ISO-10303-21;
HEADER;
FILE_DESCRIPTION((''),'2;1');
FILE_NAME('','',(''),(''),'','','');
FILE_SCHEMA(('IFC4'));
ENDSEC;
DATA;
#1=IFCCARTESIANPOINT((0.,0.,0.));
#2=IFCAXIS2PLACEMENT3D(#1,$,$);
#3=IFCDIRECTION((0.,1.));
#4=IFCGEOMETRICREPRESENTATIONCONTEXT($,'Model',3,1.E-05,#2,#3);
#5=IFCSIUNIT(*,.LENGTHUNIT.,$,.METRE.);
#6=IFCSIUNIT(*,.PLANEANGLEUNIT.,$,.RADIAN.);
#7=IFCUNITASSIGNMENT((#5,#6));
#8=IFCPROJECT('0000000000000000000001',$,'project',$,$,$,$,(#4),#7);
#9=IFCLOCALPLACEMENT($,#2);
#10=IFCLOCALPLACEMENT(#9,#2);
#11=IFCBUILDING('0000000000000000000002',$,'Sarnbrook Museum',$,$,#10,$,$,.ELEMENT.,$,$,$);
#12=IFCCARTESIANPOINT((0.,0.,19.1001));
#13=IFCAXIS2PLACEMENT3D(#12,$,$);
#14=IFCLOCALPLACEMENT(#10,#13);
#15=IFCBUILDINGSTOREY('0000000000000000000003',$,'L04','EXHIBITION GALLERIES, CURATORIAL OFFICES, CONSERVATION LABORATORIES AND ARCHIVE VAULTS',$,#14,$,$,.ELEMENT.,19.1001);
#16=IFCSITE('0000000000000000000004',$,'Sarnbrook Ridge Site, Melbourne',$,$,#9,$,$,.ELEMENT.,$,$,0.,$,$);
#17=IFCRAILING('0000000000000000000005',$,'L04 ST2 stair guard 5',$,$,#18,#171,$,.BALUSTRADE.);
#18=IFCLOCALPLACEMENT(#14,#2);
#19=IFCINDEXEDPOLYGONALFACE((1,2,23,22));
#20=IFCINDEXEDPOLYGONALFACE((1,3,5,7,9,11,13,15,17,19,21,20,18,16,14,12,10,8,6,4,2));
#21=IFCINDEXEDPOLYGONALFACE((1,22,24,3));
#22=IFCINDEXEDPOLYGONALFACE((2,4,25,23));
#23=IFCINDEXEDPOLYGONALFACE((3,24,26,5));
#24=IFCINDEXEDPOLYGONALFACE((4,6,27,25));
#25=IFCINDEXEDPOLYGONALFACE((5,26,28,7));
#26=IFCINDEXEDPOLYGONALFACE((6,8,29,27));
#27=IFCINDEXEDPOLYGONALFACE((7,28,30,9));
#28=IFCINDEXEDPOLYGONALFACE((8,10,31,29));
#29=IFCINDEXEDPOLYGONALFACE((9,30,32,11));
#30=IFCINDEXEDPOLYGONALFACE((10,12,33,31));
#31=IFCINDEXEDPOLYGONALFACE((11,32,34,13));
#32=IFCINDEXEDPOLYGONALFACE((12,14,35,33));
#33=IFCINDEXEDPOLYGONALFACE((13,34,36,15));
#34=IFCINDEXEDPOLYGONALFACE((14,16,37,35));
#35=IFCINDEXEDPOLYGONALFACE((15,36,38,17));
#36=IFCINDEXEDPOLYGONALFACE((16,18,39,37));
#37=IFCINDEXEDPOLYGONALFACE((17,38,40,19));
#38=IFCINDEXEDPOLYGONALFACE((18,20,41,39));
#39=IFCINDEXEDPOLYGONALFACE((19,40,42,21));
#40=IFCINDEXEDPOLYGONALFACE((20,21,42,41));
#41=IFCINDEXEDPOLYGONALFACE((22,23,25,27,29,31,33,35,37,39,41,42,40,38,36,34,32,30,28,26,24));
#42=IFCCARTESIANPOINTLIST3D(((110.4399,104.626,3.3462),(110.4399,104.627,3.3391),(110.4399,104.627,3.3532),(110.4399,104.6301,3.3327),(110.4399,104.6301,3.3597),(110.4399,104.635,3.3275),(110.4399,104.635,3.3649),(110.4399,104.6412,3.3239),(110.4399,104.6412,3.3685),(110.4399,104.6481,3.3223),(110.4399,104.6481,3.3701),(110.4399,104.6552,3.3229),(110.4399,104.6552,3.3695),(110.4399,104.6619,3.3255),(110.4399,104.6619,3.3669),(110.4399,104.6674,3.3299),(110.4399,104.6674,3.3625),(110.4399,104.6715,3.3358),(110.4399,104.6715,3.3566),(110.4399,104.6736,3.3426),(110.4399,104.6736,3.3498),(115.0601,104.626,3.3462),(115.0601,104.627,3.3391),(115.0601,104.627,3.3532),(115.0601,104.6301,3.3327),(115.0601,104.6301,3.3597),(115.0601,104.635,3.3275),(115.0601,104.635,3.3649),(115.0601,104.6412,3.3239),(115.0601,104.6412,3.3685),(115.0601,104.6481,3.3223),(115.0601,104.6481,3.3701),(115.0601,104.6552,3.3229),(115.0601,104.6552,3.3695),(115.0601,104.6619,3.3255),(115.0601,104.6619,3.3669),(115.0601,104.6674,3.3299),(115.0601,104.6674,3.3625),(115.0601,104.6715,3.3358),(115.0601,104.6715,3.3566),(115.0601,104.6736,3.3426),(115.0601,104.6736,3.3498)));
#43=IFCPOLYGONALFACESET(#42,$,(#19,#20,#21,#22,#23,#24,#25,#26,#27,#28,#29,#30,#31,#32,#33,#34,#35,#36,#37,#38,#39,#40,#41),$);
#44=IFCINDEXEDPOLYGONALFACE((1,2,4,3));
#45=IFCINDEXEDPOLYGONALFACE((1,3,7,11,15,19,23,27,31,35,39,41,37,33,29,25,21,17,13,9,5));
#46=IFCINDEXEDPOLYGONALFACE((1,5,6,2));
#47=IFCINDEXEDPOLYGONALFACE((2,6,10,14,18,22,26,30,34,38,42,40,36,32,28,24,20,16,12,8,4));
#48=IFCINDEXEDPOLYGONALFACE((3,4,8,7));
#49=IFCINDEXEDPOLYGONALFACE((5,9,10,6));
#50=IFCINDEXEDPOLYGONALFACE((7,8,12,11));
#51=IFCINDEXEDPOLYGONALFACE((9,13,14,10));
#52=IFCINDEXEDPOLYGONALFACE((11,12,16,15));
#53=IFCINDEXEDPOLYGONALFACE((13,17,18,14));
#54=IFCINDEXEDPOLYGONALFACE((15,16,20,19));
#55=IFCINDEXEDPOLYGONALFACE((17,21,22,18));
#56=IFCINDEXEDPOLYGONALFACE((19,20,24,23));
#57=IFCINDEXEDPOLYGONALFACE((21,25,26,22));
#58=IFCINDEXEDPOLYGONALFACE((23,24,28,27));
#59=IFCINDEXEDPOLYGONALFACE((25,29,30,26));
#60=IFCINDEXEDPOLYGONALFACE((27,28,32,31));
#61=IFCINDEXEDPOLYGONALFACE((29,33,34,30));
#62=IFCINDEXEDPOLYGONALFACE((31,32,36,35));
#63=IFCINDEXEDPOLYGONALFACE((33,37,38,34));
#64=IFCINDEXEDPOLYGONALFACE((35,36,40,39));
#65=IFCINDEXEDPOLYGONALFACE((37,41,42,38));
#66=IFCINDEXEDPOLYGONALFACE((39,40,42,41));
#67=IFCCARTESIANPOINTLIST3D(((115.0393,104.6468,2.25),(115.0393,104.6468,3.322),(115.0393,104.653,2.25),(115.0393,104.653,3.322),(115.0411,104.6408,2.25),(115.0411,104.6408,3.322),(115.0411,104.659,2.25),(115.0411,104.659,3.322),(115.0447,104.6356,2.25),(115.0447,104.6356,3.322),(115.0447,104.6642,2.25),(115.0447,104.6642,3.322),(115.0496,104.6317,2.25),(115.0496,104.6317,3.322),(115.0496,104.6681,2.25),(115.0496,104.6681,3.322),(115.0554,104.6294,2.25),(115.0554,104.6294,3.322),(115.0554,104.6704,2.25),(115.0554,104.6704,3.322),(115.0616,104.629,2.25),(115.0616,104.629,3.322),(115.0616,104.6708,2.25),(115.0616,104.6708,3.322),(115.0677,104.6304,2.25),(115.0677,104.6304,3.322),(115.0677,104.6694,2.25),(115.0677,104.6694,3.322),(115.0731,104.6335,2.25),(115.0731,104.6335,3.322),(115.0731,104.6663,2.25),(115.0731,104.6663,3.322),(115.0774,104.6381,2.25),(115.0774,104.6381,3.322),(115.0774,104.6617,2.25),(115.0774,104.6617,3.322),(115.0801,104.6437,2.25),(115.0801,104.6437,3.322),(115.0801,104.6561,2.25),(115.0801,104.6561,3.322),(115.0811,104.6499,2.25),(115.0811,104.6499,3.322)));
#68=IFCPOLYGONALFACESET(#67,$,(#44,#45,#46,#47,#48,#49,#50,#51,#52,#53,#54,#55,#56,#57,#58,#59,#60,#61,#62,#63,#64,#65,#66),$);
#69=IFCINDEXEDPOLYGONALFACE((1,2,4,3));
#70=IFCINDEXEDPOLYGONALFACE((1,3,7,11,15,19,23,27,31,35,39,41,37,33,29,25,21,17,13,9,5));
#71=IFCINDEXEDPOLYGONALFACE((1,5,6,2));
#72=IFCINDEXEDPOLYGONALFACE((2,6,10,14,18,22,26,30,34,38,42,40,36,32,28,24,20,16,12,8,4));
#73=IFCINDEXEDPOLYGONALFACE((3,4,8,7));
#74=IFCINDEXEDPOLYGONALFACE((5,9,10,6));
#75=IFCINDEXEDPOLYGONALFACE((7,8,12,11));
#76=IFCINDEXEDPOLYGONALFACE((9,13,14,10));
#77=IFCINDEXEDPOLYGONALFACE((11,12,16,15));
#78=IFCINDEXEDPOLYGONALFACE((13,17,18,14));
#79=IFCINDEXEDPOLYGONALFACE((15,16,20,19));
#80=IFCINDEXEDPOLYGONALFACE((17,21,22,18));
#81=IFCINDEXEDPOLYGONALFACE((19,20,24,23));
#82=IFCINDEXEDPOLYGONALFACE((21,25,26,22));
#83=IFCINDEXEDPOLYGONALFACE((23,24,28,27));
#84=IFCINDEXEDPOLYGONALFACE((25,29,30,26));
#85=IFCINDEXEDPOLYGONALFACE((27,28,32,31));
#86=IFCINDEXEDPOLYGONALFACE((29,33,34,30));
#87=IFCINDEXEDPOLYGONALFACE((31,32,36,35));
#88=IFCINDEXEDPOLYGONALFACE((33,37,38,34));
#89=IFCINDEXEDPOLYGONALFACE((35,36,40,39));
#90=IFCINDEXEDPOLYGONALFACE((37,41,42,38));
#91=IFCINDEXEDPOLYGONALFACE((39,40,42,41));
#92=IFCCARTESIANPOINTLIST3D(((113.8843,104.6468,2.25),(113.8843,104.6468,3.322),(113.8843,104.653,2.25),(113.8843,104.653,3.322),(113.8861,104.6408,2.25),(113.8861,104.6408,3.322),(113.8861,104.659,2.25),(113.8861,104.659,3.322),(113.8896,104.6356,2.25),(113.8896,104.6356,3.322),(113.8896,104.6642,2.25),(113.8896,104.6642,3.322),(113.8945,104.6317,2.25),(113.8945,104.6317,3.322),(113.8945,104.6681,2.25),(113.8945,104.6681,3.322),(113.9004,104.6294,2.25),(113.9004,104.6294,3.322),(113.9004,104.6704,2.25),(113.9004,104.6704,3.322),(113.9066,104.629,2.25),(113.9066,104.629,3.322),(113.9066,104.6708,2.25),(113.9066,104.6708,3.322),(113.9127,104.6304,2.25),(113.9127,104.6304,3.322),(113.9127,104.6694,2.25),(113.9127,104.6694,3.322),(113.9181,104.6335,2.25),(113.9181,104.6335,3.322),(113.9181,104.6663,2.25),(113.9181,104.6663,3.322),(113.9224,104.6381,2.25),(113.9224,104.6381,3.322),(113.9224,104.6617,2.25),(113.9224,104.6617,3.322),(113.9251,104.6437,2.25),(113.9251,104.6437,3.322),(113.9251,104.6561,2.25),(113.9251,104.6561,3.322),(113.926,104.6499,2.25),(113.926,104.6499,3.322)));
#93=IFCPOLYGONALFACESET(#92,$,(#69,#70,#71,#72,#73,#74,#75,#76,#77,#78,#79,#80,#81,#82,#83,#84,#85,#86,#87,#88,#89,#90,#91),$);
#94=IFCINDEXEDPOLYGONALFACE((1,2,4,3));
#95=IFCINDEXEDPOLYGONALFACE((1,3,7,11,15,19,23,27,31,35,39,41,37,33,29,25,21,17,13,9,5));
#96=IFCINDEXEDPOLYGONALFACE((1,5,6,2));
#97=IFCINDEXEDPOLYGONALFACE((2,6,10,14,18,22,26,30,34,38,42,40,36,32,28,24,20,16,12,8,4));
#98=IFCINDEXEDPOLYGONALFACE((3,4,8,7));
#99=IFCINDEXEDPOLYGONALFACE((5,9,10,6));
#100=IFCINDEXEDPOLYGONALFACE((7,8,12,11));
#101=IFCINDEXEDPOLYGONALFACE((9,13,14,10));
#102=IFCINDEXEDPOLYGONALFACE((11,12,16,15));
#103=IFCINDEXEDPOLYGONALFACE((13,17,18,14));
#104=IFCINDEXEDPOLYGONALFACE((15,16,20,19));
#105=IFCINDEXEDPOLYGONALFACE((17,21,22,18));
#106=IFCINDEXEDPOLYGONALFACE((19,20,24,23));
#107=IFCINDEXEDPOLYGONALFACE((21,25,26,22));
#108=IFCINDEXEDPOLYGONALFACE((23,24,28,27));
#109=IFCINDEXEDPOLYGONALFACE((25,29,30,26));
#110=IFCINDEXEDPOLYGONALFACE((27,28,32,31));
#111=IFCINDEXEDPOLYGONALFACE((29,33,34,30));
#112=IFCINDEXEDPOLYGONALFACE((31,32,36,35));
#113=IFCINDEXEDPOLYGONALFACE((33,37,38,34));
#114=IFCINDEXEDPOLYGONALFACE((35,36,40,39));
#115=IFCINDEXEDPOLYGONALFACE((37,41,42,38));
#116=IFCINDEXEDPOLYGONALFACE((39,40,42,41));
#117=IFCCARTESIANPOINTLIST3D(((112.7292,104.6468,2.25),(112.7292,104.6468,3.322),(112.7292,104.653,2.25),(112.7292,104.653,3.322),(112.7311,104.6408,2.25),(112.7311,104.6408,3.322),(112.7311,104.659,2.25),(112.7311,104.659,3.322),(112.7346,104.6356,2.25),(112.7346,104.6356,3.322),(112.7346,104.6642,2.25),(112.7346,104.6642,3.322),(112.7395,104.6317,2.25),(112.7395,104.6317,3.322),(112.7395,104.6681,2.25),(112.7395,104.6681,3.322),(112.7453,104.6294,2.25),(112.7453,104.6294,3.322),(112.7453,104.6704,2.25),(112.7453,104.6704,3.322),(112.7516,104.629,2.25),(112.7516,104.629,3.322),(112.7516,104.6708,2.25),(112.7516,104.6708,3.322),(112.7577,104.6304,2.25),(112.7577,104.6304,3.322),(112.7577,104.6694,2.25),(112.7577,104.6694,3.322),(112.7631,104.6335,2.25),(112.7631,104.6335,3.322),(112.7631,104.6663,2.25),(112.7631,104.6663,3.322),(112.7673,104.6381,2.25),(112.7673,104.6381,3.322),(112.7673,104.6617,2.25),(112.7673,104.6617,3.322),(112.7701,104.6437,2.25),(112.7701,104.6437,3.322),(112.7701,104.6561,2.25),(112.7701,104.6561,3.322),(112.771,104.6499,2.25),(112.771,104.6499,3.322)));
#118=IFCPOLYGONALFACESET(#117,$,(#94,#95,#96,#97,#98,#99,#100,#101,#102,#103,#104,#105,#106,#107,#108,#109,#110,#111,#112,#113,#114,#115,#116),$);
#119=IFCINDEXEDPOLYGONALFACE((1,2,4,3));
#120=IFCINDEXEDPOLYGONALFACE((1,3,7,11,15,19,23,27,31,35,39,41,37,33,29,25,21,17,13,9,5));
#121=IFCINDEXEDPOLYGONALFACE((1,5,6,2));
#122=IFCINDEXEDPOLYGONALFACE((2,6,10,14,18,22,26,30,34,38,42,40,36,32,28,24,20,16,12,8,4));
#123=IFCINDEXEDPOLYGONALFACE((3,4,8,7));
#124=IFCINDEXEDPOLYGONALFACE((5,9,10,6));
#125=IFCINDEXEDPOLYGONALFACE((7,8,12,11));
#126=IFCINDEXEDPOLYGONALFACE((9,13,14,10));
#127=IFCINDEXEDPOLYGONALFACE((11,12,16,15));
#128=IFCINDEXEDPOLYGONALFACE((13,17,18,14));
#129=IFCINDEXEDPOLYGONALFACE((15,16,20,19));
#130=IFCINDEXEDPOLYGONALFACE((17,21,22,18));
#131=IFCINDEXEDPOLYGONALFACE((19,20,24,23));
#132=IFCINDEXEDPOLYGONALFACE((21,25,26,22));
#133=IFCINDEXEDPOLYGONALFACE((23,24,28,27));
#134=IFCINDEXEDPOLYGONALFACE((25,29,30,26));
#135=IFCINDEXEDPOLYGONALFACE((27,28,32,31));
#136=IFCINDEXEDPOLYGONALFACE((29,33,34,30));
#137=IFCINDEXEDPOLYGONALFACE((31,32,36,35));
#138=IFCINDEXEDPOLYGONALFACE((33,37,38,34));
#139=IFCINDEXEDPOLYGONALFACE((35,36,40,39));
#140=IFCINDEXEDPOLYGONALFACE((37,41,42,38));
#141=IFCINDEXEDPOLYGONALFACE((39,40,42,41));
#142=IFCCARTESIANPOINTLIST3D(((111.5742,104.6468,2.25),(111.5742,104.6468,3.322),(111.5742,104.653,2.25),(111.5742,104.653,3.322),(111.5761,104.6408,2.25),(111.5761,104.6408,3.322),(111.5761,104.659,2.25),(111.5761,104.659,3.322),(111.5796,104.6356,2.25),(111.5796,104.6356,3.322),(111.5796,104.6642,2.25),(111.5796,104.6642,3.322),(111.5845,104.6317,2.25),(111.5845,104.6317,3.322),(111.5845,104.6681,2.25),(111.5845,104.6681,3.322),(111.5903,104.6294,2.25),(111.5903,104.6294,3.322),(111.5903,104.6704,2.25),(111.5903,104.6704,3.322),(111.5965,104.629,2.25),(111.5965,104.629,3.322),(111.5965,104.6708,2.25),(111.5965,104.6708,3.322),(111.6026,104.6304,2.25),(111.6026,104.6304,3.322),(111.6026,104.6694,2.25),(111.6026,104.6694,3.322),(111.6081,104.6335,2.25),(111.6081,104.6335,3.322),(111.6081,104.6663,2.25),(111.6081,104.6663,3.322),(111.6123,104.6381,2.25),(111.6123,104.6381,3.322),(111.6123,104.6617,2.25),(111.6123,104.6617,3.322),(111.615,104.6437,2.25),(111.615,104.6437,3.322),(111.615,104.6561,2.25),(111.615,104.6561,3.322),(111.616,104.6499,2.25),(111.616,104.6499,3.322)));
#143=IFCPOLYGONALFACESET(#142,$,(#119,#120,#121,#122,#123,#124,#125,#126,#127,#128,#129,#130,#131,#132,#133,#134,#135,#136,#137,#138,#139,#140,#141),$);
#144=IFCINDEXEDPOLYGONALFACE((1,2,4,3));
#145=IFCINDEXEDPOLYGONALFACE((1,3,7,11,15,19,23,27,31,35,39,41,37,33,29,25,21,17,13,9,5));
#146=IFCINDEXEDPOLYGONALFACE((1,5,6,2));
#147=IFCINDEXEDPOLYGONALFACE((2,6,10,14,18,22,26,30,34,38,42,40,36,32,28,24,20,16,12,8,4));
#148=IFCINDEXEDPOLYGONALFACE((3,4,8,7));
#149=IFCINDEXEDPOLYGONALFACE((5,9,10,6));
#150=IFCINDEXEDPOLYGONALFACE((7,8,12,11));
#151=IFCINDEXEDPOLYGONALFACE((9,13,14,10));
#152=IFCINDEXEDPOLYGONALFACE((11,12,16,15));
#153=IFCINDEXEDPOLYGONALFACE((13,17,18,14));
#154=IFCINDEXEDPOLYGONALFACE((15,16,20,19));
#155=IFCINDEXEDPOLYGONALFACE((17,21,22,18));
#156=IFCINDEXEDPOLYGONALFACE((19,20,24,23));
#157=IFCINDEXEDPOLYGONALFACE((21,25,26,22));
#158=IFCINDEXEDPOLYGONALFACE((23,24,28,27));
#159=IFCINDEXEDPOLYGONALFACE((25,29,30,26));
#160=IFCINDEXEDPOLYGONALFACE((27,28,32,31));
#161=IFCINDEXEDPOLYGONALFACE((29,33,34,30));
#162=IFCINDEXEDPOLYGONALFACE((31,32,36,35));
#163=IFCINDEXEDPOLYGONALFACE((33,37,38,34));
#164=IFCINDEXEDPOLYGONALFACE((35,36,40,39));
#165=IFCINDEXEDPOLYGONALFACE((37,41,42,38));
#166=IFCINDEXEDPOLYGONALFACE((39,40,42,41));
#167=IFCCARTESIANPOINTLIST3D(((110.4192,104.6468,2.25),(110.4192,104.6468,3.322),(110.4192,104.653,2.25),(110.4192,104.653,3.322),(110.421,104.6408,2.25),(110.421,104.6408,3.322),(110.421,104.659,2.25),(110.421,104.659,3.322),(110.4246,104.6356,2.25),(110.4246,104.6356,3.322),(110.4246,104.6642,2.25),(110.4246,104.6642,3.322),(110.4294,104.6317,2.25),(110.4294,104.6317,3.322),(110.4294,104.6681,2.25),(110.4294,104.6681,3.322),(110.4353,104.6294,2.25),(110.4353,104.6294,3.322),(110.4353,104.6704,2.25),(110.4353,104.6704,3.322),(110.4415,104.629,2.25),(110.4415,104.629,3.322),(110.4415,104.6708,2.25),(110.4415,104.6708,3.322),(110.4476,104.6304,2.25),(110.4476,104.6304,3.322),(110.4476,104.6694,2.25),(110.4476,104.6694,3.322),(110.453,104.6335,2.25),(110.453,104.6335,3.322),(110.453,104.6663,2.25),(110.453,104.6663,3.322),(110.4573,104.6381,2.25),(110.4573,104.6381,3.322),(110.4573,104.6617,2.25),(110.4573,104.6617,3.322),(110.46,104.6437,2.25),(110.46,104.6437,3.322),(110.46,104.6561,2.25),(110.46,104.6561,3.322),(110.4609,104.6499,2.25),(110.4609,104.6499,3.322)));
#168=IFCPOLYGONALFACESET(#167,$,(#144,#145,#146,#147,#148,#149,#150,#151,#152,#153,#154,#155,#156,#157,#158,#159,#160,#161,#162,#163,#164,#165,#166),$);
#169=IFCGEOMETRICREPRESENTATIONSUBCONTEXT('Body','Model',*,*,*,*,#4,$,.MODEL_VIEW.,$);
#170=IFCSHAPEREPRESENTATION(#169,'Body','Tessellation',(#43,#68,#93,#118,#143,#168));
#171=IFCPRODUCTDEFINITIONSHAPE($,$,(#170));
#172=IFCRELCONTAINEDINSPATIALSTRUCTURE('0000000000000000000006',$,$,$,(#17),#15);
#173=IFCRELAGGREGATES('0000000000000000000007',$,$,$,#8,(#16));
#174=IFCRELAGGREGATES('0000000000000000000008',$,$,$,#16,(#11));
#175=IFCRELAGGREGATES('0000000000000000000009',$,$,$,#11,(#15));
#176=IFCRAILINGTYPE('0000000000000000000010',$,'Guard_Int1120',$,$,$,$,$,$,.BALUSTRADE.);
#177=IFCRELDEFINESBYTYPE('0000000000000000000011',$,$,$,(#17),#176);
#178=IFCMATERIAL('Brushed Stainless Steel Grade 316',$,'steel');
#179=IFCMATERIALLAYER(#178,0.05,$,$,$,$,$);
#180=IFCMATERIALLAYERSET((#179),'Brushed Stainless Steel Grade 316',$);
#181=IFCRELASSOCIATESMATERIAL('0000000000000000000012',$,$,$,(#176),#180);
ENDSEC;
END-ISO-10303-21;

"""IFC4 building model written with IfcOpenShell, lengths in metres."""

from ifc_helpers import new_model, si_unit, direction, frame, origin, origin_2d, place, context, subcontext, project, spatial, circle, extrude, material, layer, layer_set, type_object, element, save


model = new_model("IFC4")

# Units and contexts
model_context = context("Model", 3, precision=1e-05, world=origin(), true_north=direction((0.0, 1.0)))
body_context = subcontext(model_context, "Body", "Model", "MODEL_VIEW")
ifc_project = project(units=[si_unit("LENGTHUNIT", "METRE"), si_unit("PLANEANGLEUNIT", "RADIAN")], contexts=[model_context])

# Site, building, storey
site_placement = place(None, origin())
site = spatial("IfcSite", under=ifc_project, at=site_placement, Name="Sarnbrook Ridge Site, Melbourne", CompositionType="ELEMENT", RefElevation=0.0)
building_placement = place(site_placement, origin())
building = spatial("IfcBuilding", under=site, at=building_placement, Name="Sarnbrook Museum", CompositionType="ELEMENT")
storey_placement = place(building_placement, frame((0.0, 0.0, 19.1001)))
storey = spatial("IfcBuildingStorey", under=building, at=storey_placement, Name="L04", Description="EXHIBITION GALLERIES, CURATORIAL OFFICES, CONSERVATION LABORATORIES AND ARCHIVE VAULTS", CompositionType="ELEMENT", Elevation=19.1001)

# Railing
ifc_material_1 = material(Name="Brushed Stainless Steel Grade 316", Category="steel")
ifc_layer_1 = layer(ifc_material_1, 0.05)
ifc_layer_set_1 = layer_set([ifc_layer_1], Name="Brushed Stainless Steel Grade 316")
railing_type = type_object("IfcRailingType", Name="Guard_Int1120", PredefinedType="BALUSTRADE", material=ifc_layer_set_1)
for number, where, name in (
    (1, (115.0601, 104.6499, 2.25), "L04 ST2 stair guard 5"),
):
    element("IfcRailing", number, at=place(storey_placement, frame(where)), inside=storey, type_object=railing_type, Name=name, PredefinedType="BALUSTRADE", context=body_context, shape_type="SweptSolid", body=[
        extrude(circle(Radius=0.0239, at=origin_2d()), frame((0.0, 0.0, 1.0962), z_axis=(-1.0, 0.0, 0.0), x_axis=(0.0, -1.0, 0.0)), (0.0, 0.0, 1.0), 4.6201),
        extrude(circle(Radius=0.021, at=origin_2d()), origin(), (0.0, 0.0, 1.0), 1.072),
        extrude(circle(Radius=0.021, at=origin_2d()), frame((-1.155, 0.0, 0.0)), (0.0, 0.0, 1.0), 1.072),
        extrude(circle(Radius=0.021, at=origin_2d()), frame((-2.3101, 0.0, 0.0)), (0.0, 0.0, 1.0), 1.072),
        extrude(circle(Radius=0.021, at=origin_2d()), frame((-3.4651, 0.0, 0.0)), (0.0, 0.0, 1.0), 1.072),
        extrude(circle(Radius=0.021, at=origin_2d()), frame((-4.6201, 0.0, 0.0)), (0.0, 0.0, 1.0), 1.072),
    ])

save(model, "model.ifc")
